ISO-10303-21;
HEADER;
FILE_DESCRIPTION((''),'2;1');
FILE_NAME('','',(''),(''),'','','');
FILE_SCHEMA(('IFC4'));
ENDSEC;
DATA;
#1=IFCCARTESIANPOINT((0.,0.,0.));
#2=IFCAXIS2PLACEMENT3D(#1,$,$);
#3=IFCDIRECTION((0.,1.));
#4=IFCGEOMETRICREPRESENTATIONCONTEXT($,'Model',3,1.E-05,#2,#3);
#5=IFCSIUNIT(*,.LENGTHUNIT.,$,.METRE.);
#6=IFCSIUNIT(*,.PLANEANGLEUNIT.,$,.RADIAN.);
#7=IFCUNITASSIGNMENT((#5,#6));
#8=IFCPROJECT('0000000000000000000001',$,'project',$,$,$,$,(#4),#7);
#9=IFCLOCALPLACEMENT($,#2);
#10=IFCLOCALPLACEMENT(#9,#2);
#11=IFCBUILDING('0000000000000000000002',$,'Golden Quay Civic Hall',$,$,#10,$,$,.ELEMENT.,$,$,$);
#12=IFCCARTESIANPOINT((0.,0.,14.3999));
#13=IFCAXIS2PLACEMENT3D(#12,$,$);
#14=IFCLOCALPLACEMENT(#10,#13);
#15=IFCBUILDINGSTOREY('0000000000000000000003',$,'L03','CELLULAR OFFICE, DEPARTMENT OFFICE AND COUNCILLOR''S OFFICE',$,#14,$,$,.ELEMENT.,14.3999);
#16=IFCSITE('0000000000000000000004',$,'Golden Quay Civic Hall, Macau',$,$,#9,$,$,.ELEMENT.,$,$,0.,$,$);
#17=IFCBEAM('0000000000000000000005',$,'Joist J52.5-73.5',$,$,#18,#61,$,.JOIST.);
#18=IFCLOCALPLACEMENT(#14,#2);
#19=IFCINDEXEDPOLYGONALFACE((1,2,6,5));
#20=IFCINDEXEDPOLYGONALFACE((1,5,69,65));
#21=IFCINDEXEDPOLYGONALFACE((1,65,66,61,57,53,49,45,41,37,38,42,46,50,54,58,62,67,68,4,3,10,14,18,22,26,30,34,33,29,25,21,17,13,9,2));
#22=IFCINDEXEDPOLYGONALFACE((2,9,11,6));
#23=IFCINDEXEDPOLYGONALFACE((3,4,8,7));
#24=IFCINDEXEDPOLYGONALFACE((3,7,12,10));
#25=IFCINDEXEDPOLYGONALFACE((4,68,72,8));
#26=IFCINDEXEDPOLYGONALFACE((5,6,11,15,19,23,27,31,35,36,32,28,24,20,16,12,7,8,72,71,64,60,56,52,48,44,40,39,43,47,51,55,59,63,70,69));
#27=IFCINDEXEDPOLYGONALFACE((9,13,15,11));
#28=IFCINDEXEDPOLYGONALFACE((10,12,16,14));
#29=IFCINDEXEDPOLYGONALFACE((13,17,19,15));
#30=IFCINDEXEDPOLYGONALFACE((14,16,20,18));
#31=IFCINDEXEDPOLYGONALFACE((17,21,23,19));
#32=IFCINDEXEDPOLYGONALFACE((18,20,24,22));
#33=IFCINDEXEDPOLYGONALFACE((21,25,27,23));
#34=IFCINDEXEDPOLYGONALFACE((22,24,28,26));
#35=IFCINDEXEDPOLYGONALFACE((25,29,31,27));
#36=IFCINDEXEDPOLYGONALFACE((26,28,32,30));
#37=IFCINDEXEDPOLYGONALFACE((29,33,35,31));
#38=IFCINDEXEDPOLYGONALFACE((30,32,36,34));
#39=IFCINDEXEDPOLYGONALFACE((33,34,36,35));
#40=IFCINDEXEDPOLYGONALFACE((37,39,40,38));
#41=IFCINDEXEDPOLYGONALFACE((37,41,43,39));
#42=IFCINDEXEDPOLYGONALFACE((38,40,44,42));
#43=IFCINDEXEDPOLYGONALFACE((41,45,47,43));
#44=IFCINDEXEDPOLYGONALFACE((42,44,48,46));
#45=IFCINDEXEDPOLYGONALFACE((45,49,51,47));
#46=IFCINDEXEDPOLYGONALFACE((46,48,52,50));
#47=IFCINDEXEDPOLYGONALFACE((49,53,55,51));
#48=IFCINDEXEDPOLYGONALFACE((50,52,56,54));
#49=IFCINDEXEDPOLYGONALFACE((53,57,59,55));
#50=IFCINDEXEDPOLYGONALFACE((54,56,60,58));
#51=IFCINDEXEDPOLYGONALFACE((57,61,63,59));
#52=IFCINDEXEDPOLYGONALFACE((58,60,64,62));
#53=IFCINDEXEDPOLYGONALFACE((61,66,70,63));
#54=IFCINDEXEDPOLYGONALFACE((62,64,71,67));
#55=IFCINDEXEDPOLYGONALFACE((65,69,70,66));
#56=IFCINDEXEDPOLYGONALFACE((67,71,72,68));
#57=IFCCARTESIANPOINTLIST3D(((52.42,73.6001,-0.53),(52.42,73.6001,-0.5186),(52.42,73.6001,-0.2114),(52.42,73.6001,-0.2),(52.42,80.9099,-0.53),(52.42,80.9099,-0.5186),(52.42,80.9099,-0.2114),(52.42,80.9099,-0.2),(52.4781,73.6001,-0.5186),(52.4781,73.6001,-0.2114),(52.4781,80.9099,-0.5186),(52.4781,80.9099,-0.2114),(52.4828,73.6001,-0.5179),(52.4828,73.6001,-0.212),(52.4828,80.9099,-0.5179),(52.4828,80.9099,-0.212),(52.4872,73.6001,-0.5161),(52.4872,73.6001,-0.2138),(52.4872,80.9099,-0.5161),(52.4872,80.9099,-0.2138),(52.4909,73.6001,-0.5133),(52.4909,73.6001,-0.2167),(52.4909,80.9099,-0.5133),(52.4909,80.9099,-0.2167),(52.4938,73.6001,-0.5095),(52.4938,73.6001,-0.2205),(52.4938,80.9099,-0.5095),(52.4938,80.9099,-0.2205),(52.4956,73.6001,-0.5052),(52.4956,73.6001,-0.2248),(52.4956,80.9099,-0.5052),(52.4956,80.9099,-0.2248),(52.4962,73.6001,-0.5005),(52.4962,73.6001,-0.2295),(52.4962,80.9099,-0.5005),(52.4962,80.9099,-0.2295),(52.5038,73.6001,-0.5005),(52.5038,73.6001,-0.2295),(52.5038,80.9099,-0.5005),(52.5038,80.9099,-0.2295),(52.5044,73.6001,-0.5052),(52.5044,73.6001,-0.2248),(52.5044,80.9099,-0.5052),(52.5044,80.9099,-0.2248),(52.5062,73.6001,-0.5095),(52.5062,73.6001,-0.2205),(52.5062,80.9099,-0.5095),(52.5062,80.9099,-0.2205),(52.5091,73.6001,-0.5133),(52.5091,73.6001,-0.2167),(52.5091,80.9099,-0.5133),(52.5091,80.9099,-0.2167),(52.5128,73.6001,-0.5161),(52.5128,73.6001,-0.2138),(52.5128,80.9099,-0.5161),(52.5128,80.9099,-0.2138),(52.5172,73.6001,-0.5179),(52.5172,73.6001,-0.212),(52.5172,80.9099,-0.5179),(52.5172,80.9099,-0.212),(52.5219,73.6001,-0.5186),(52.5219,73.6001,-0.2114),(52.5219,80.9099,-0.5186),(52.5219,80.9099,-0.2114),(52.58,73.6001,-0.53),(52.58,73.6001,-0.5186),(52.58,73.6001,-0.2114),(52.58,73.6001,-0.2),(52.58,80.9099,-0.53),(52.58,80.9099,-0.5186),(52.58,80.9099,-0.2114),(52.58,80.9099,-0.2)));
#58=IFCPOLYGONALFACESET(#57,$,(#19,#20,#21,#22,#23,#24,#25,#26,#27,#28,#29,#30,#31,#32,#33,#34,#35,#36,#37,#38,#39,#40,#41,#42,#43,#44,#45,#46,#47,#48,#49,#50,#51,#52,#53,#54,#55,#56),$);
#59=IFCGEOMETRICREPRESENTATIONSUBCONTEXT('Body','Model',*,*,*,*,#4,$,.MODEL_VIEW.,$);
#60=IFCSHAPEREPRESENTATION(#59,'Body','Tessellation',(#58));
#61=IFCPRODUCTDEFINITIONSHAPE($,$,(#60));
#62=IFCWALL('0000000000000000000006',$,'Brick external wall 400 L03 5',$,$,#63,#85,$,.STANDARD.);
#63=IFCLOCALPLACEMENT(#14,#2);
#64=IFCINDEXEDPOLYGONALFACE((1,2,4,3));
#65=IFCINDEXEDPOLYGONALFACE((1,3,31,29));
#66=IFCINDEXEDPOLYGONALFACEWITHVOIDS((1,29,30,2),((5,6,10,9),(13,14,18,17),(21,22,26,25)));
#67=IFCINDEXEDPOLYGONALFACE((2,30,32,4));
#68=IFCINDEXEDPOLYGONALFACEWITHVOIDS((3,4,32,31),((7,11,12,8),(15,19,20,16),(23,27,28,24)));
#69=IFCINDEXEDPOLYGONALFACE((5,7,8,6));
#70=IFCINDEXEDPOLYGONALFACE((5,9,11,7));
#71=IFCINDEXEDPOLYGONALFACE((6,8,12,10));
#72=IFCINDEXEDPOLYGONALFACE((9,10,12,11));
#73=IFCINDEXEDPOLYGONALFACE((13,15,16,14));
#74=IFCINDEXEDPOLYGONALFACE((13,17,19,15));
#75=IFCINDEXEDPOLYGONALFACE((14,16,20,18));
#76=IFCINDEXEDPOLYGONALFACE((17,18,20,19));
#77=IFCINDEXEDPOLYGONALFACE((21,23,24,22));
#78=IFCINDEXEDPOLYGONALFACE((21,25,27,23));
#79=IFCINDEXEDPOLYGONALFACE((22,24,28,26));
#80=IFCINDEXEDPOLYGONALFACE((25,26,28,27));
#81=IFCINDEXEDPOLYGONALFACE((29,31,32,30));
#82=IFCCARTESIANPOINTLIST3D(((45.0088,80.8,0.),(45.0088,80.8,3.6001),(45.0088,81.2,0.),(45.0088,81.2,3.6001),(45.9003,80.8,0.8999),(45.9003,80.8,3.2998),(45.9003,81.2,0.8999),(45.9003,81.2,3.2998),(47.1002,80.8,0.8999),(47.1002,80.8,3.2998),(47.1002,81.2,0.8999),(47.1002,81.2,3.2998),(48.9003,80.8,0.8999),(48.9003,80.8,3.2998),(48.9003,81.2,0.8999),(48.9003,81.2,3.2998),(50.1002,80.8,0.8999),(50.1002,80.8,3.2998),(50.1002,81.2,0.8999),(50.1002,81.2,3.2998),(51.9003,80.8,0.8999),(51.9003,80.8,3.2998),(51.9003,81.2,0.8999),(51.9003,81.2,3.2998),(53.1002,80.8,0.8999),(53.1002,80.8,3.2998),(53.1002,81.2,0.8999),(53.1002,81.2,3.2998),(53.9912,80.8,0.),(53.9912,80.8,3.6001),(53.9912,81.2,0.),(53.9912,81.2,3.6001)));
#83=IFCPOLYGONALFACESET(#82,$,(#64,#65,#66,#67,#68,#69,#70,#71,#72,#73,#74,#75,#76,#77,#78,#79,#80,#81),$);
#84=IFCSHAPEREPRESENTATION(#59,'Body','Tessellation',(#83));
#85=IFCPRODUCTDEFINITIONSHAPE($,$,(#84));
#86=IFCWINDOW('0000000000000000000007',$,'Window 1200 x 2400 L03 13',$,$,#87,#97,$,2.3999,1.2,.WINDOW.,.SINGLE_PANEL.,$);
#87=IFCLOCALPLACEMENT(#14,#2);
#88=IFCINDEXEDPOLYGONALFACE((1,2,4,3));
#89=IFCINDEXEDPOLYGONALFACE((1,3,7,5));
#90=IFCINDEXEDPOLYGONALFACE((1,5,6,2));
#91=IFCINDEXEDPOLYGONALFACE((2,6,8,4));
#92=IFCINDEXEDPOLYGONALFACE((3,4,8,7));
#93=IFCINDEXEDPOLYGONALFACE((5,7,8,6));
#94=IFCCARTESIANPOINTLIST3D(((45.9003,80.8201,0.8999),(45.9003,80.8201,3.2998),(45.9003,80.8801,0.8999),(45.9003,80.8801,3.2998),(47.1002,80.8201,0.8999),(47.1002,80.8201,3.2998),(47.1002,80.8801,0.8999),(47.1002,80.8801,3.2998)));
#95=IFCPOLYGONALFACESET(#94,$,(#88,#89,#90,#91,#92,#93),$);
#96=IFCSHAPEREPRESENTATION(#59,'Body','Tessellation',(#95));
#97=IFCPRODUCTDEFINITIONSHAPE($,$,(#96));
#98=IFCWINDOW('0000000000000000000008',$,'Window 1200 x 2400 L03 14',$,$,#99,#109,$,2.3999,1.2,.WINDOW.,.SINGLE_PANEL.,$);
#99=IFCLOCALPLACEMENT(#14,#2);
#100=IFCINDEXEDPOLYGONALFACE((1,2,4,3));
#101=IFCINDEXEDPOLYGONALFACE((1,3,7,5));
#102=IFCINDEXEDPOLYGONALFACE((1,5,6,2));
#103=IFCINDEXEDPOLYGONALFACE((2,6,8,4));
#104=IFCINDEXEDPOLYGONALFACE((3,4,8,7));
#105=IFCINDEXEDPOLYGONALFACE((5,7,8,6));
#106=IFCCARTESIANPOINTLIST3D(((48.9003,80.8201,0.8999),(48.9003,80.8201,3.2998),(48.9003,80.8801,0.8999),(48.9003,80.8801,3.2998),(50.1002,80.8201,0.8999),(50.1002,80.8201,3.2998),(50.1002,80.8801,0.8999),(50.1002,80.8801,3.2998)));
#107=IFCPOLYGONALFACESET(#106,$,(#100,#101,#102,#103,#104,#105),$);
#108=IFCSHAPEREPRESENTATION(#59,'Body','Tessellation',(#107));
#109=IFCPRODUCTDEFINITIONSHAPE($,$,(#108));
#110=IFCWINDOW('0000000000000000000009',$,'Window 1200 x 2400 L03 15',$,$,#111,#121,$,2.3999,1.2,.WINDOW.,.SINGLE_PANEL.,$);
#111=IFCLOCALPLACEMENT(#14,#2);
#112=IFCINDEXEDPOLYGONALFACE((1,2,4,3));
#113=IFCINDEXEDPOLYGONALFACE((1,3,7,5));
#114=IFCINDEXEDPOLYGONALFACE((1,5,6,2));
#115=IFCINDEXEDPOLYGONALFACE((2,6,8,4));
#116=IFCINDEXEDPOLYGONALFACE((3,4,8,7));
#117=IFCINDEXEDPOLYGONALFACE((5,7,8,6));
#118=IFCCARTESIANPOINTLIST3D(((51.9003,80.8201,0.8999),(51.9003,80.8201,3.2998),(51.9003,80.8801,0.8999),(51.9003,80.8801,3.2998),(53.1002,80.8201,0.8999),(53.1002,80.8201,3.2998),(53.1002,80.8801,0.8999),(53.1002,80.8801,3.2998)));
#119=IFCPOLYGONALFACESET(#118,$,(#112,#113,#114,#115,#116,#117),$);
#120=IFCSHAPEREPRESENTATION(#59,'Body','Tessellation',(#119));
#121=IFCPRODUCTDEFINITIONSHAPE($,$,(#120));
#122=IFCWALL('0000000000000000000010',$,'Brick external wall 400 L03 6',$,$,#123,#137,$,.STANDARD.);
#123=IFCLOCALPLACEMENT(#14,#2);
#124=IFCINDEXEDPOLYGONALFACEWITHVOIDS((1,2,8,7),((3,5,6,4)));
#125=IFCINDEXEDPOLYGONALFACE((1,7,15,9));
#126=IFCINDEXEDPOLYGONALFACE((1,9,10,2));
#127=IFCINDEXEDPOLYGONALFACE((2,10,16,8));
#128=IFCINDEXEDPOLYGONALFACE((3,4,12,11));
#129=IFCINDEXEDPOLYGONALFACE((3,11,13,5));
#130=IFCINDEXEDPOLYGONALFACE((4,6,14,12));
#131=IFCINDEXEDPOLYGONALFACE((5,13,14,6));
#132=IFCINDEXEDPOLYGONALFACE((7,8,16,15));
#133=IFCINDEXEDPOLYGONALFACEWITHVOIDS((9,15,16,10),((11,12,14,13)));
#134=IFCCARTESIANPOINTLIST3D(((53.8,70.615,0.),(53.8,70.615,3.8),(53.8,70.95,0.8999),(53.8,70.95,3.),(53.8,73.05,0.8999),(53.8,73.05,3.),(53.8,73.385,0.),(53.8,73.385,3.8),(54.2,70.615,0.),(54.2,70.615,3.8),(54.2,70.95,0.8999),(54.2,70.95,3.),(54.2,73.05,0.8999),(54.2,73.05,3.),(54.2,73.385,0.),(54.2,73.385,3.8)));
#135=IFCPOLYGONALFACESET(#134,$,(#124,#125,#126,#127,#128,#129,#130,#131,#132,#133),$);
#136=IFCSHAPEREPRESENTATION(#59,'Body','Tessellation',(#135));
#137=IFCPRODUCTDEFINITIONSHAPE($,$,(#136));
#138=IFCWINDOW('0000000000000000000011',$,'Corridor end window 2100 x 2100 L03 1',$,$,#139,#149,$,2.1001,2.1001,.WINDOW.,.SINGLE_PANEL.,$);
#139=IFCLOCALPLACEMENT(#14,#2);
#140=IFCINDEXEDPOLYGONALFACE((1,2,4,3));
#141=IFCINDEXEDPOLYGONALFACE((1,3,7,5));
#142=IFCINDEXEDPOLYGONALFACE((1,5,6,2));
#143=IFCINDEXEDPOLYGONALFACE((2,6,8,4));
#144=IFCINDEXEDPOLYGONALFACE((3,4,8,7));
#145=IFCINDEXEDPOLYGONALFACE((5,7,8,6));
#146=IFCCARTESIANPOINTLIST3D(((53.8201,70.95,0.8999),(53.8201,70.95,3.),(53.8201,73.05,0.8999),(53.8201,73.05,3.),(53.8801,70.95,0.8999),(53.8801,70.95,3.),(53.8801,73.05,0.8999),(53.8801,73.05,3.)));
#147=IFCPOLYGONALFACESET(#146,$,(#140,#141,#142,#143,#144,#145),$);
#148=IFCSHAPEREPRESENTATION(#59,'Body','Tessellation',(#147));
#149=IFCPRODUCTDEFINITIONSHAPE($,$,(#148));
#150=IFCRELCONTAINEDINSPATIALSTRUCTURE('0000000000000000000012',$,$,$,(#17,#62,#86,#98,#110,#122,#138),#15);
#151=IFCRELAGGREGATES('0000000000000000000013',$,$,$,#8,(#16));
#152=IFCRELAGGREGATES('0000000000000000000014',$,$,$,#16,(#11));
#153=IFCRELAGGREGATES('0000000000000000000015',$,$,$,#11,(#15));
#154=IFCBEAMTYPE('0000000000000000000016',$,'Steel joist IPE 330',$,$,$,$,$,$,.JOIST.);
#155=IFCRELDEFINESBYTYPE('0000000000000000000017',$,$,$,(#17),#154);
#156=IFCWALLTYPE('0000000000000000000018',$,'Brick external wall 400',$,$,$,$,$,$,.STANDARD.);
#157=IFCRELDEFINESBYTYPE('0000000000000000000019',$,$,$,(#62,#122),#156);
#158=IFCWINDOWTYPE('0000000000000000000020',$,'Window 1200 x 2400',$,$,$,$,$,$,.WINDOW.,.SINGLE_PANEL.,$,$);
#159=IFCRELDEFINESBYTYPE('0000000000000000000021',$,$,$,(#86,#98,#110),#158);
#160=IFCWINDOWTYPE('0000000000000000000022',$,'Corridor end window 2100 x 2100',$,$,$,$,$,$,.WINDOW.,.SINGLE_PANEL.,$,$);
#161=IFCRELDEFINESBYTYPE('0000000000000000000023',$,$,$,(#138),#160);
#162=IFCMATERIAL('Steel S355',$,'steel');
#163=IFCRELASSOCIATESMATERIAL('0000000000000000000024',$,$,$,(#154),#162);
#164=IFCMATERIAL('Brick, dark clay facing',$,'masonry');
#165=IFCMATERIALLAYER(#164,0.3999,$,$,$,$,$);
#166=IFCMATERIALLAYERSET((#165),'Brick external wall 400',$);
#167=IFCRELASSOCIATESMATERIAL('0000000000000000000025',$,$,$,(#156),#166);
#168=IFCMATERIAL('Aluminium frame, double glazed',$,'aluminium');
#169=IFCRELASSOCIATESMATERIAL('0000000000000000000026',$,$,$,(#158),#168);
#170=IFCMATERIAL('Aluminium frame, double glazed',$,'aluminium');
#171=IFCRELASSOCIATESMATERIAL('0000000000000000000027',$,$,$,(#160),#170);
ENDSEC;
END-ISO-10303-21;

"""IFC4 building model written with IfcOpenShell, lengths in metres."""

from ifc_helpers import new_model, si_unit, direction, frame, frame_2d, origin, origin_2d, place, context, subcontext, project, spatial, rectangle, i_section, extrude, material, layer, layer_set, material_profile, profile_set, type_object, element, fill, save


model = new_model("IFC4")

# Units and contexts
model_context = context("Model", 3, precision=1e-05, world=origin(), true_north=direction((0.0, 1.0)))
body_context = subcontext(model_context, "Body", "Model", "MODEL_VIEW")
ifc_project = project(units=[si_unit("LENGTHUNIT", "METRE"), si_unit("PLANEANGLEUNIT", "RADIAN")], contexts=[model_context])

# Site, building, storey
site_placement = place(None, origin())
site = spatial("IfcSite", under=ifc_project, at=site_placement, Name="Golden Quay Civic Hall, Macau", CompositionType="ELEMENT", RefElevation=0.0)
building_placement = place(site_placement, origin())
building = spatial("IfcBuilding", under=site, at=building_placement, Name="Golden Quay Civic Hall", CompositionType="ELEMENT")
storey_placement = place(building_placement, frame((0.0, 0.0, 14.3999)))
storey = spatial("IfcBuildingStorey", under=building, at=storey_placement, Name="L03", Description="CELLULAR OFFICE, DEPARTMENT OFFICE AND COUNCILLOR'S OFFICE", CompositionType="ELEMENT", Elevation=14.3999)

# Beam
ifc_material_1 = material(Name="Steel S355", Category="steel")
ifc_material_profile_1 = material_profile(ifc_material_1, i_section(OverallWidth=0.1599, OverallDepth=0.3301, WebThickness=0.0076, FlangeThickness=0.0115, FilletRadius=0.0181, at=origin_2d()), Name="IPE 330")
ifc_profile_set_1 = profile_set([ifc_material_profile_1], Name="Steel S355")
beam_type_1 = type_object("IfcBeamType", Name="Steel joist IPE 330", PredefinedType="JOIST", material=ifc_profile_set_1)
for number, where, z_axis, x_axis, name in (
    (1, (52.5, 73.6001, -0.365), (0.0, 1.0, 0.0), (-1.0, 0.0, 0.0), "Joist J52.5-73.5"),
):
    element("IfcBeam", number, at=place(storey_placement, frame(where, z_axis=z_axis, x_axis=x_axis)), inside=storey, type_object=beam_type_1, Name=name, PredefinedType="JOIST", context=body_context, shape_type="SweptSolid", body=[
        extrude(i_section(OverallWidth=0.1599, OverallDepth=0.3301, WebThickness=0.0076, FlangeThickness=0.0115, FilletRadius=0.0181, at=origin_2d()), origin(), (0.0, 0.0, 1.0), 7.3098),
    ])

# Wall, openings, windows
ifc_material_2 = material(Name="Brick, dark clay facing", Category="masonry")
ifc_layer_1 = layer(ifc_material_2, 0.3999)
ifc_layer_set_1 = layer_set([ifc_layer_1], Name="Brick external wall 400")
wall_type_1 = type_object("IfcWallType", Name="Brick external wall 400", PredefinedType="STANDARD", material=ifc_layer_set_1)
wall_1_placement = place(storey_placement, frame((45.0088, 81.0, 0.0), z_axis=(0.0, 0.0, 1.0), x_axis=(1.0, 0.0, 0.0)))
wall_1 = element("IfcWall", 2, at=wall_1_placement, inside=storey, type_object=wall_type_1, Name="Brick external wall 400 L03 5", PredefinedType="STANDARD", context=body_context, shape_type="SweptSolid", body=[
    extrude(rectangle(XDim=8.9824, YDim=0.3999, at=frame_2d((4.4912, 0.0))), origin(), (0.0, 0.0, 1.0), 3.6001),
])
opening_1_placement = place(wall_1_placement, frame((0.8914, 0.0, 0.8999)))
opening_1 = element("IfcOpeningElement", 3, at=opening_1_placement, cuts=wall_1, PredefinedType="OPENING", context=body_context, shape_type="SweptSolid", body=[
    extrude(rectangle(XDim=1.2, YDim=2.3999, at=frame_2d((0.6001, 1.2))), frame((0.0, 0.21, 0.0), z_axis=(0.0, -1.0, 0.0), x_axis=(1.0, 0.0, 0.0)), (0.0, 0.0, 1.0), 0.4199),
])
opening_2_placement = place(wall_1_placement, frame((3.8914, 0.0, 0.8999)))
opening_2 = element("IfcOpeningElement", 4, at=opening_2_placement, cuts=wall_1, PredefinedType="OPENING", context=body_context, shape_type="SweptSolid", body=[
    extrude(rectangle(XDim=1.2, YDim=2.3999, at=frame_2d((0.6001, 1.2))), frame((0.0, 0.21, 0.0), z_axis=(0.0, -1.0, 0.0), x_axis=(1.0, 0.0, 0.0)), (0.0, 0.0, 1.0), 0.4199),
])
opening_3_placement = place(wall_1_placement, frame((6.8914, 0.0, 0.8999)))
opening_3 = element("IfcOpeningElement", 5, at=opening_3_placement, cuts=wall_1, PredefinedType="OPENING", context=body_context, shape_type="SweptSolid", body=[
    extrude(rectangle(XDim=1.2, YDim=2.3999, at=frame_2d((0.6001, 1.2))), frame((0.0, 0.21, 0.0), z_axis=(0.0, -1.0, 0.0), x_axis=(1.0, 0.0, 0.0)), (0.0, 0.0, 1.0), 0.4199),
])
ifc_material_3 = material(Name="Aluminium frame, double glazed", Category="aluminium")
window_type_1 = type_object("IfcWindowType", Name="Window 1200 x 2400", PartitioningType="SINGLE_PANEL", PredefinedType="WINDOW", material=ifc_material_3)
window_1_placement = place(opening_1_placement, origin())
window_1 = element("IfcWindow", 6, at=window_1_placement, inside=storey, type_object=window_type_1, Name="Window 1200 x 2400 L03 13", OverallHeight=2.3999, OverallWidth=1.2, PartitioningType="SINGLE_PANEL", PredefinedType="WINDOW", context=body_context, shape_type="SweptSolid", body=[
    extrude(rectangle(XDim=1.2, YDim=2.3999, at=frame_2d((0.6001, 1.2))), frame((0.0, -0.1199, 0.0), z_axis=(0.0, -1.0, 0.0), x_axis=(1.0, 0.0, 0.0)), (0.0, 0.0, 1.0), 0.0601),
])
fill(opening_1, window_1)
window_2_placement = place(opening_2_placement, origin())
window_2 = element("IfcWindow", 7, at=window_2_placement, inside=storey, type_object=window_type_1, Name="Window 1200 x 2400 L03 14", OverallHeight=2.3999, OverallWidth=1.2, PartitioningType="SINGLE_PANEL", PredefinedType="WINDOW", context=body_context, shape_type="SweptSolid", body=[
    extrude(rectangle(XDim=1.2, YDim=2.3999, at=frame_2d((0.6001, 1.2))), frame((0.0, -0.1199, 0.0), z_axis=(0.0, -1.0, 0.0), x_axis=(1.0, 0.0, 0.0)), (0.0, 0.0, 1.0), 0.0601),
])
fill(opening_2, window_2)
window_3_placement = place(opening_3_placement, origin())
window_3 = element("IfcWindow", 8, at=window_3_placement, inside=storey, type_object=window_type_1, Name="Window 1200 x 2400 L03 15", OverallHeight=2.3999, OverallWidth=1.2, PartitioningType="SINGLE_PANEL", PredefinedType="WINDOW", context=body_context, shape_type="SweptSolid", body=[
    extrude(rectangle(XDim=1.2, YDim=2.3999, at=frame_2d((0.6001, 1.2))), frame((0.0, -0.1199, 0.0), z_axis=(0.0, -1.0, 0.0), x_axis=(1.0, 0.0, 0.0)), (0.0, 0.0, 1.0), 0.0601),
])
fill(opening_3, window_3)

# Wall, opening, window
wall_2_placement = place(storey_placement, frame((54.0, 73.385, 0.0), z_axis=(0.0, 0.0, 1.0), x_axis=(0.0, -1.0, 0.0)))
wall_2 = element("IfcWall", 9, at=wall_2_placement, inside=storey, type_object=wall_type_1, Name="Brick external wall 400 L03 6", PredefinedType="STANDARD", context=body_context, shape_type="SweptSolid", body=[
    extrude(rectangle(XDim=2.77, YDim=0.3999, at=frame_2d((1.385, 0.0))), origin(), (0.0, 0.0, 1.0), 3.8),
])
opening_4_placement = place(wall_2_placement, frame((0.335, 0.0, 0.8999)))
opening_4 = element("IfcOpeningElement", 10, at=opening_4_placement, cuts=wall_2, PredefinedType="OPENING", context=body_context, shape_type="SweptSolid", body=[
    extrude(rectangle(XDim=2.1001, YDim=2.1001, at=frame_2d((1.05, 1.05))), frame((0.0, 0.21, 0.0), z_axis=(0.0, -1.0, 0.0), x_axis=(1.0, 0.0, 0.0)), (0.0, 0.0, 1.0), 0.4199),
])
ifc_material_4 = material(Name="Aluminium frame, double glazed", Category="aluminium")
window_type_2 = type_object("IfcWindowType", Name="Corridor end window 2100 x 2100", PartitioningType="SINGLE_PANEL", PredefinedType="WINDOW", material=ifc_material_4)
window_4_placement = place(opening_4_placement, origin())
window_4 = element("IfcWindow", 11, at=window_4_placement, inside=storey, type_object=window_type_2, Name="Corridor end window 2100 x 2100 L03 1", OverallHeight=2.1001, OverallWidth=2.1001, PartitioningType="SINGLE_PANEL", PredefinedType="WINDOW", context=body_context, shape_type="SweptSolid", body=[
    extrude(rectangle(XDim=2.1001, YDim=2.1001, at=frame_2d((1.05, 1.05))), frame((0.0, -0.1199, 0.0), z_axis=(0.0, -1.0, 0.0), x_axis=(1.0, 0.0, 0.0)), (0.0, 0.0, 1.0), 0.0601),
])
fill(opening_4, window_4)

save(model, "model.ifc")
